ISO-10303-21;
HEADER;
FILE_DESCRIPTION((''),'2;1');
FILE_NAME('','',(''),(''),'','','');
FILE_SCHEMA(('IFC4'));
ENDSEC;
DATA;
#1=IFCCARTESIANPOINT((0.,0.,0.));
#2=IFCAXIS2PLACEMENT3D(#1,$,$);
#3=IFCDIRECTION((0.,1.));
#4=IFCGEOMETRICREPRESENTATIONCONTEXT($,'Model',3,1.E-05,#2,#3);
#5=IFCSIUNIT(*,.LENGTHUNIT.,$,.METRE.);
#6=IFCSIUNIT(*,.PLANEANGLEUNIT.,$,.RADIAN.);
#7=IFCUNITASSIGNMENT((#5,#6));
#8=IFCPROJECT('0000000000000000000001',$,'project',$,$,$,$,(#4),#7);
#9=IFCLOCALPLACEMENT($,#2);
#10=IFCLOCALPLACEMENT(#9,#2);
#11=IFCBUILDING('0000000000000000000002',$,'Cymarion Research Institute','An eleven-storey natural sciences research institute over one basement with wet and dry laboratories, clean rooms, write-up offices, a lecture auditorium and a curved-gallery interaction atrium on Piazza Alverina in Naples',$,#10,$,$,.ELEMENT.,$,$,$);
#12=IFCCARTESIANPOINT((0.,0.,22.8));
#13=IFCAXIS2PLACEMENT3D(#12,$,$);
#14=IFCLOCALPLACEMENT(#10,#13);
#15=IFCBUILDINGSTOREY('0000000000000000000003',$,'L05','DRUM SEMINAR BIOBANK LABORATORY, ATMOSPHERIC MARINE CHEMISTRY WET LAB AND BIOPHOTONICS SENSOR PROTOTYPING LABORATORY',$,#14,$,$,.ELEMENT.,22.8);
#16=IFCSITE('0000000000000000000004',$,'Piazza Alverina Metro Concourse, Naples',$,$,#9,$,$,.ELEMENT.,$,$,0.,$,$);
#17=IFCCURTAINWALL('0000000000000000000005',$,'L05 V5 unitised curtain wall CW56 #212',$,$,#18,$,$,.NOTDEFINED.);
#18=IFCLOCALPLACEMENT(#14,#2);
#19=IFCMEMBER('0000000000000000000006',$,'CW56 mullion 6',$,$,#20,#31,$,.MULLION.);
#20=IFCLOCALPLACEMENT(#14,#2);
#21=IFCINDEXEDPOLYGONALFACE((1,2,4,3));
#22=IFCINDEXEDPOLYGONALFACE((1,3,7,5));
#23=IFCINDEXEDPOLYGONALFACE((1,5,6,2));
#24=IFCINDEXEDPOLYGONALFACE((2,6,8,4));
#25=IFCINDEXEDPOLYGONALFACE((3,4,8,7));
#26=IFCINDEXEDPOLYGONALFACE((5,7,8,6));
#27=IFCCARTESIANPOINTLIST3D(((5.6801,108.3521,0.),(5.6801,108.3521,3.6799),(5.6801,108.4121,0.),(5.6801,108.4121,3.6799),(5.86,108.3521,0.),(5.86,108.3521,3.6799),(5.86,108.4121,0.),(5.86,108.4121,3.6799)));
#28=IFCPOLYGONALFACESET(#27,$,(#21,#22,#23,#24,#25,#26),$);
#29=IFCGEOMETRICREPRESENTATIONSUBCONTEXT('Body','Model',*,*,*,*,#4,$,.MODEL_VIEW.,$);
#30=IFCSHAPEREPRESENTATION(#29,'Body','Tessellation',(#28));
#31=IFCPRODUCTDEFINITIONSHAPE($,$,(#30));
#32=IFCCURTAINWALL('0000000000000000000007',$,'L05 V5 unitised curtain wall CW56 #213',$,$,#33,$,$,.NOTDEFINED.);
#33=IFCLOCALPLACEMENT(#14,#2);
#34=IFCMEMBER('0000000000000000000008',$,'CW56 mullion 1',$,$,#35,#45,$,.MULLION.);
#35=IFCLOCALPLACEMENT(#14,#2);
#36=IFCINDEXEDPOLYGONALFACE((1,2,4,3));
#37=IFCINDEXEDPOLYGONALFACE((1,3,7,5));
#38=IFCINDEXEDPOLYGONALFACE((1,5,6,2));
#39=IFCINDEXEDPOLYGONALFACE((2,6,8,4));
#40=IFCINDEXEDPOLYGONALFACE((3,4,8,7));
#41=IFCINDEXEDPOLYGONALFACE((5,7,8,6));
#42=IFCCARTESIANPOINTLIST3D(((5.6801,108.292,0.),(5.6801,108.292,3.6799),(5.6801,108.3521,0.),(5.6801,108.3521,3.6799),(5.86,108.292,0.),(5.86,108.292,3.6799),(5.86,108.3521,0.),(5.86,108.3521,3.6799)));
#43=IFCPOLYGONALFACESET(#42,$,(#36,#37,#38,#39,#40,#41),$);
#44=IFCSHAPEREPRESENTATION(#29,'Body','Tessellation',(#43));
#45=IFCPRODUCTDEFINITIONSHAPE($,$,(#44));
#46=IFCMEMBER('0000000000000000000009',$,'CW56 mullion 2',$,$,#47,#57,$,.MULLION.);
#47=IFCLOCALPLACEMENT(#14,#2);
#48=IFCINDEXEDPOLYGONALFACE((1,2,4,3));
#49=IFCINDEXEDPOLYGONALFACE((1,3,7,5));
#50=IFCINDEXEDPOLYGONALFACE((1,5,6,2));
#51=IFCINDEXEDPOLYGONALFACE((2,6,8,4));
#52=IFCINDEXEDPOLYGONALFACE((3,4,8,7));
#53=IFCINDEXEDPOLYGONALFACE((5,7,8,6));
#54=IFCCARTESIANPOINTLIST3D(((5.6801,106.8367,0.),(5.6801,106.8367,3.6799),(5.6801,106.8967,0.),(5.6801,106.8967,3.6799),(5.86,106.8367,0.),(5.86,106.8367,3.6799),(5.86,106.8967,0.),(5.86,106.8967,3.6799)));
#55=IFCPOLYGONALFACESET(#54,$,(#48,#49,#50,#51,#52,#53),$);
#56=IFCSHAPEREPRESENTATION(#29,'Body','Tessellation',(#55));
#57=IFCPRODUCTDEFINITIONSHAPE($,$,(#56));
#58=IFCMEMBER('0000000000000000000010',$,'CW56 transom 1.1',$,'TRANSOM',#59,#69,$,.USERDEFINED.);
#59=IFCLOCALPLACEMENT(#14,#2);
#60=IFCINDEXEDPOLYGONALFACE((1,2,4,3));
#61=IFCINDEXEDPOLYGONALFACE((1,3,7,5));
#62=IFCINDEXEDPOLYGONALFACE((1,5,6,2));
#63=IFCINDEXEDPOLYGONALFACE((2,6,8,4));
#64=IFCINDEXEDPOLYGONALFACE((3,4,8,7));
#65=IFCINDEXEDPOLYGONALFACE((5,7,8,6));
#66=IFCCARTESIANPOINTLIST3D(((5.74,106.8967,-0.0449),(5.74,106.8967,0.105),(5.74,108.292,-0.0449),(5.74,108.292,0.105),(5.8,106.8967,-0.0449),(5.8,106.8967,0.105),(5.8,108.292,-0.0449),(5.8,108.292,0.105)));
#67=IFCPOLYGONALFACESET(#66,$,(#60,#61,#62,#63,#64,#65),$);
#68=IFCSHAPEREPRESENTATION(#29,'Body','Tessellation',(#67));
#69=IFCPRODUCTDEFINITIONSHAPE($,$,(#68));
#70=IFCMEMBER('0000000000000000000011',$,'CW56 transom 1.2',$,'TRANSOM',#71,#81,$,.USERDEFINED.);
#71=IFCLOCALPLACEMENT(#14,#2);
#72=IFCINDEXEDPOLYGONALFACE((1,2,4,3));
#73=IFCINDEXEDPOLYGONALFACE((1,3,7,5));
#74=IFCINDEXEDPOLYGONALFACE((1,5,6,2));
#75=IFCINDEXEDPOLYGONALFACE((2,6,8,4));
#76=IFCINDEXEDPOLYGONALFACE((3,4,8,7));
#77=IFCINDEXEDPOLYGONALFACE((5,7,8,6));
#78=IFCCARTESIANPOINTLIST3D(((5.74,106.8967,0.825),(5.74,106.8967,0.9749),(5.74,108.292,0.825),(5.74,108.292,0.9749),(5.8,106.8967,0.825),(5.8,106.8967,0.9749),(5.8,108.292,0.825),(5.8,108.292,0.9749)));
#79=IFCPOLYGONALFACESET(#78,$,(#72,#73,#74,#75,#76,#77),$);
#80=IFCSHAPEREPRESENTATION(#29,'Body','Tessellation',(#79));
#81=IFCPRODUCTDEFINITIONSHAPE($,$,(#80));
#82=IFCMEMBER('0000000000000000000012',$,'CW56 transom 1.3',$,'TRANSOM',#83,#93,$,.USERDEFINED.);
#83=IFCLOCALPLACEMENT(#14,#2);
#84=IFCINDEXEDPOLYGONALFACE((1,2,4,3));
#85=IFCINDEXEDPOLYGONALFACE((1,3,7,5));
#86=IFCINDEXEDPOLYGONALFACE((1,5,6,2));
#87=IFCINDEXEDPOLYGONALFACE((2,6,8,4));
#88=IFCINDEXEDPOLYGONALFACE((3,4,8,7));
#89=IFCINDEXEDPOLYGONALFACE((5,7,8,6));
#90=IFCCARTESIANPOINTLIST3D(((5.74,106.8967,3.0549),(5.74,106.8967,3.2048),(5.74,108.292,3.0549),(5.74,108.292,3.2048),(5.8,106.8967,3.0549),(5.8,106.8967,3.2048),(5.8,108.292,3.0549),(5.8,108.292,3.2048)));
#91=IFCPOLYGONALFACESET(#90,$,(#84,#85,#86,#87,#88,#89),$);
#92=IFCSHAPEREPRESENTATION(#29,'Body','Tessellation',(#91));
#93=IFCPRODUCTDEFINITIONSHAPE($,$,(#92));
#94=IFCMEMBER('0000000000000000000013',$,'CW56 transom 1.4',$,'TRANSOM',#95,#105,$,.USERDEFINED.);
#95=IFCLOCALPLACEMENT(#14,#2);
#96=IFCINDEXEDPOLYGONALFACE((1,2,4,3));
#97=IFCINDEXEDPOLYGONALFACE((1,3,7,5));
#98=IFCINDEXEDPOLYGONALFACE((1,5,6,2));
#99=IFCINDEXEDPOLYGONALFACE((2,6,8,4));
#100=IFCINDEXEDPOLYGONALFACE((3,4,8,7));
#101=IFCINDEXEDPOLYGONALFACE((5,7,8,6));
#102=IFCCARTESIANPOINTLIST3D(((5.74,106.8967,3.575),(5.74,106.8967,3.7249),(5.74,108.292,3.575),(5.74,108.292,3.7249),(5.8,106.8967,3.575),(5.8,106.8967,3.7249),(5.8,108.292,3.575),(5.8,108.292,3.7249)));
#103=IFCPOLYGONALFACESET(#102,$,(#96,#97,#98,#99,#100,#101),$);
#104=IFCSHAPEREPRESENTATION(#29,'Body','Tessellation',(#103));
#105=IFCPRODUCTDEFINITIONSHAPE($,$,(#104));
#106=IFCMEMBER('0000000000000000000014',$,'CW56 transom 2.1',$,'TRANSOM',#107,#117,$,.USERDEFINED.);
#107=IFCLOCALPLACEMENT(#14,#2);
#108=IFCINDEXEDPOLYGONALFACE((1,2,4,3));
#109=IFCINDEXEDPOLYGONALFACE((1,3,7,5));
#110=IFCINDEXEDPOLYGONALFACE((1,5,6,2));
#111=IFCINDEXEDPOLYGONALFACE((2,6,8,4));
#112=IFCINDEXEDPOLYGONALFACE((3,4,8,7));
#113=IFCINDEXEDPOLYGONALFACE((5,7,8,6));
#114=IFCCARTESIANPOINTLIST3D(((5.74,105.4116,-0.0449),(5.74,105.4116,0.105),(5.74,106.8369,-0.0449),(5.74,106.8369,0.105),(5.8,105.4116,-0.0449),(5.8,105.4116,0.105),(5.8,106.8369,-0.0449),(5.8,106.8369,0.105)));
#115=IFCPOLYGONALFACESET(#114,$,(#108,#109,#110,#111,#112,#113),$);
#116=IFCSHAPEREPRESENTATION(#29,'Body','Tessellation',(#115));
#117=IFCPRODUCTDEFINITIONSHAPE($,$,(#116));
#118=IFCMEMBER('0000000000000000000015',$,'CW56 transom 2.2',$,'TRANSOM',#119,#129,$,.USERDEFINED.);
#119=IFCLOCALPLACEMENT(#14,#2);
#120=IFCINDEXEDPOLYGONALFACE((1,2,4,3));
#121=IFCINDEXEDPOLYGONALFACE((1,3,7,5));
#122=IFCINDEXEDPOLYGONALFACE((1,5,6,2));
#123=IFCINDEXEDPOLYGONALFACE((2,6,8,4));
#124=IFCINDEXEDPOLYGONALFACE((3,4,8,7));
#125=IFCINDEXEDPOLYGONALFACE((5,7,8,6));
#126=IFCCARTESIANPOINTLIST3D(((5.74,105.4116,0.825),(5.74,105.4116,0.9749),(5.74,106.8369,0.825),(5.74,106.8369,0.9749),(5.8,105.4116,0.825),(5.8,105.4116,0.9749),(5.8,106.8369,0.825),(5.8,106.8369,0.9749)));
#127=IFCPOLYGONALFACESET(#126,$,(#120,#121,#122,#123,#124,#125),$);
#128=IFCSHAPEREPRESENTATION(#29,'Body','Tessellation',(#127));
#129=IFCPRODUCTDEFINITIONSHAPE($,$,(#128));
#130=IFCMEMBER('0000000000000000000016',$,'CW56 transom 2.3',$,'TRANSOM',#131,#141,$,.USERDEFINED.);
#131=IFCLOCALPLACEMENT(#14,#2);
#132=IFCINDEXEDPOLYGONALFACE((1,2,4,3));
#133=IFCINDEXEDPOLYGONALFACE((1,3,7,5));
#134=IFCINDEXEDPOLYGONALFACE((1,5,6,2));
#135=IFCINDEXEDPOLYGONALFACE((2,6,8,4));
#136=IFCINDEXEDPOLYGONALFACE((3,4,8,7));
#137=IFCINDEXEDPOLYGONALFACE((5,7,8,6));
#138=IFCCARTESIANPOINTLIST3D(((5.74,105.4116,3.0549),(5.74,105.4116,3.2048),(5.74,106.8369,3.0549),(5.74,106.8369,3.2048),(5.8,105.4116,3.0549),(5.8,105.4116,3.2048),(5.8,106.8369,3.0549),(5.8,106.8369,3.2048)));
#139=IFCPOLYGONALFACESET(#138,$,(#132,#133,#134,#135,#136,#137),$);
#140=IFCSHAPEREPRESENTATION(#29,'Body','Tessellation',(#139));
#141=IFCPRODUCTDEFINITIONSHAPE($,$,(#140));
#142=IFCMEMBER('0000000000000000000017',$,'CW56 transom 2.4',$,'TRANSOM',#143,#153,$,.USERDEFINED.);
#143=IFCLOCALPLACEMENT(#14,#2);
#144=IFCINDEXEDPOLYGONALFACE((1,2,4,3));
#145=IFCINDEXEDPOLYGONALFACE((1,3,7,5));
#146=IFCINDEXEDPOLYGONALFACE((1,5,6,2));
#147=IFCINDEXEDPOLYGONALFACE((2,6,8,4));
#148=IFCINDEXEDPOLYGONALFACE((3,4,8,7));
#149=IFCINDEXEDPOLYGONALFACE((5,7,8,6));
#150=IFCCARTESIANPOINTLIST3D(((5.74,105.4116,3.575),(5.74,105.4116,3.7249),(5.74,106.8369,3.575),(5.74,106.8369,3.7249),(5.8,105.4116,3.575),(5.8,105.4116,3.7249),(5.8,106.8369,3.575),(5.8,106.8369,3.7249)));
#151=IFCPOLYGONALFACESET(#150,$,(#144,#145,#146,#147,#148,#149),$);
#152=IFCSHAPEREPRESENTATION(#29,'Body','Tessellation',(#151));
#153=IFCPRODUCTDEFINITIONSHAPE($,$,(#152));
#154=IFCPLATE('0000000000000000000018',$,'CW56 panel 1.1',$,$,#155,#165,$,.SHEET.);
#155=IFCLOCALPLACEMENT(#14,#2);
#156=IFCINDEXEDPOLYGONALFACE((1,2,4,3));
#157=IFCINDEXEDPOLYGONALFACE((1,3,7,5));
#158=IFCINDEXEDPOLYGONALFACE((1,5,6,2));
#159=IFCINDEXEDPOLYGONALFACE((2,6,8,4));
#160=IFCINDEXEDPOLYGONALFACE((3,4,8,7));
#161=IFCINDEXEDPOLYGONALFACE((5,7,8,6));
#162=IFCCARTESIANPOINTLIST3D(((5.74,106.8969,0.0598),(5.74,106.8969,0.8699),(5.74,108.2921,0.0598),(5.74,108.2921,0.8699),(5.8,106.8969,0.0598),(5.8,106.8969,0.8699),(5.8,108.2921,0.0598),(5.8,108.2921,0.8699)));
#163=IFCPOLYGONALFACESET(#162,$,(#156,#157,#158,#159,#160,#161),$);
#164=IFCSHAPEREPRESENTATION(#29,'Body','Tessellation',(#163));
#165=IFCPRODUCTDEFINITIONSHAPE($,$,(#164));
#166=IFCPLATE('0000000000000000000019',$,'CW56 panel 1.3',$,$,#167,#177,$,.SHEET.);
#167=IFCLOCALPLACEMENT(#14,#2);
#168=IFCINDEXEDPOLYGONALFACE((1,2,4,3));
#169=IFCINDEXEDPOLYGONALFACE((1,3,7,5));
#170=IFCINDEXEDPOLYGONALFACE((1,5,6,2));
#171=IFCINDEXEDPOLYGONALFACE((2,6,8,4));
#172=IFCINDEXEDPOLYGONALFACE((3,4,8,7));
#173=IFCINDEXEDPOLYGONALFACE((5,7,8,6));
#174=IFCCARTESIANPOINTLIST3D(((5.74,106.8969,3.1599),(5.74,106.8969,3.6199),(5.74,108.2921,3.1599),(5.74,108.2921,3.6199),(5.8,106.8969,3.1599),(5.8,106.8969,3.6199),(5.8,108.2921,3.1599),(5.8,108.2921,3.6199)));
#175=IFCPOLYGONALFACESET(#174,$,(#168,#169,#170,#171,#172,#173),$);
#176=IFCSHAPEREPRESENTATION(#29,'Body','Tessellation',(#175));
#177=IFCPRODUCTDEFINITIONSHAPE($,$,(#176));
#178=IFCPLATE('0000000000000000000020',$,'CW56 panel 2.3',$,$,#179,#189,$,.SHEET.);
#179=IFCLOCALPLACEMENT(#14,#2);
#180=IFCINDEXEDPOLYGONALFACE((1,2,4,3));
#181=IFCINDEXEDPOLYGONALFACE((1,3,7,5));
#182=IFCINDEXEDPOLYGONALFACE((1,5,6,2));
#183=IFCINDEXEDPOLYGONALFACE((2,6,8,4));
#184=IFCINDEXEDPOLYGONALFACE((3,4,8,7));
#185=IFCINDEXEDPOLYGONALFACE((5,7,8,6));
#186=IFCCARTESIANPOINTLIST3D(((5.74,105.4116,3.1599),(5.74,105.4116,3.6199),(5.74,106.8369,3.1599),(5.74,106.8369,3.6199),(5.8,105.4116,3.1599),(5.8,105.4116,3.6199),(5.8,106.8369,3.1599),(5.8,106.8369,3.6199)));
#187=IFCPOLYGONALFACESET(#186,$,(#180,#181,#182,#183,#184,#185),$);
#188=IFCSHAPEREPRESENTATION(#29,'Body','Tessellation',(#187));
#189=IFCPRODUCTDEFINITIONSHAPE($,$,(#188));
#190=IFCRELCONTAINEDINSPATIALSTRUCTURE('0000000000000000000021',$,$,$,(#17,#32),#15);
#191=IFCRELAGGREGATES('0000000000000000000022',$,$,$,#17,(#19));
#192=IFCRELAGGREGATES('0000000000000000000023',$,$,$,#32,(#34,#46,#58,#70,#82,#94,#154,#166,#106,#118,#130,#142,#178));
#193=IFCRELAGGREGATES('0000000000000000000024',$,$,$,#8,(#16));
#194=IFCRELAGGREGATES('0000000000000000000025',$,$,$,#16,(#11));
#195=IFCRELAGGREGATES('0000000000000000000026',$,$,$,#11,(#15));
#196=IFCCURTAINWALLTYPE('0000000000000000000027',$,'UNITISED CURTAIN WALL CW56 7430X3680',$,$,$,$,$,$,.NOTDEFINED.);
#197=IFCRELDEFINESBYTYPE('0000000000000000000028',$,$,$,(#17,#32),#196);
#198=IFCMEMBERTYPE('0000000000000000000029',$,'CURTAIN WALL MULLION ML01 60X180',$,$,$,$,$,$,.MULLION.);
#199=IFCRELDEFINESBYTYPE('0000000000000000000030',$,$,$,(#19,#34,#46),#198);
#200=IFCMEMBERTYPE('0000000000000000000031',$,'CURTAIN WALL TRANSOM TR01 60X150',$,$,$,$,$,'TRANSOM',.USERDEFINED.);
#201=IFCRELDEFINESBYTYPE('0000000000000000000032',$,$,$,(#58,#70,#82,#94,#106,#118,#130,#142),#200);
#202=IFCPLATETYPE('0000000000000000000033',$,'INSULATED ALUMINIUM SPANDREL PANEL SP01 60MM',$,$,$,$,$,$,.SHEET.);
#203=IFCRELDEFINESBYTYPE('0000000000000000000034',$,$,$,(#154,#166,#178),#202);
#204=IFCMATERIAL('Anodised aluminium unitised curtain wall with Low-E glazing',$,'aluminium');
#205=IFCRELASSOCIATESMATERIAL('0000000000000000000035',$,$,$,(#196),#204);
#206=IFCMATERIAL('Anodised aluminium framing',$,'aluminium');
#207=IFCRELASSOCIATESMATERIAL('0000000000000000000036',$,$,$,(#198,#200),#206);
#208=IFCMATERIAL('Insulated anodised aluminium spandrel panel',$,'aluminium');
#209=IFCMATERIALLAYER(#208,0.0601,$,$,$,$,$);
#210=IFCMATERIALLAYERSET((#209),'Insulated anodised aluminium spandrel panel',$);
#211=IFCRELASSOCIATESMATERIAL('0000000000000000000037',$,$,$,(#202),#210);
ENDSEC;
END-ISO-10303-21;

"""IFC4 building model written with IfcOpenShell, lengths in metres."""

from ifc_helpers import new_model, si_unit, direction, frame, origin, origin_2d, place, context, subcontext, project, spatial, rectangle, extrude, material, layer, layer_set, material_profile, profile_set, type_object, element, aggregate, save


model = new_model("IFC4")

# Units and contexts
model_context = context("Model", 3, precision=1e-05, world=origin(), true_north=direction((0.0, 1.0)))
body_context = subcontext(model_context, "Body", "Model", "MODEL_VIEW")
ifc_project = project(units=[si_unit("LENGTHUNIT", "METRE"), si_unit("PLANEANGLEUNIT", "RADIAN")], contexts=[model_context])

# Site, building, storey
site_placement = place(None, origin())
site = spatial("IfcSite", under=ifc_project, at=site_placement, Name="Piazza Alverina Metro Concourse, Naples", CompositionType="ELEMENT", RefElevation=0.0)
building_placement = place(site_placement, origin())
building = spatial("IfcBuilding", under=site, at=building_placement, Name="Cymarion Research Institute", Description="An eleven-storey natural sciences research institute over one basement with wet and dry laboratories, clean rooms, write-up offices, a lecture auditorium and a curved-gallery interaction atrium on Piazza Alverina in Naples", CompositionType="ELEMENT")
storey_placement = place(building_placement, frame((0.0, 0.0, 22.8)))
storey = spatial("IfcBuildingStorey", under=building, at=storey_placement, Name="L05", Description="DRUM SEMINAR BIOBANK LABORATORY, ATMOSPHERIC MARINE CHEMISTRY WET LAB AND BIOPHOTONICS SENSOR PROTOTYPING LABORATORY", CompositionType="ELEMENT", Elevation=22.8)

# Curtain wall, member
ifc_material_1 = material(Name="Anodised aluminium unitised curtain wall with Low-E glazing", Category="aluminium")
curtain_wall_type = type_object("IfcCurtainWallType", Name="UNITISED CURTAIN WALL CW56 7430X3680", PredefinedType="NOTDEFINED", material=ifc_material_1)
curtain_wall_1_placement = place(storey_placement, origin())
curtain_wall_1 = element("IfcCurtainWall", 1, at=curtain_wall_1_placement, inside=storey, type_object=curtain_wall_type, Name="L05 V5 unitised curtain wall CW56 #212", PredefinedType="NOTDEFINED")
ifc_material_2 = material(Name="Anodised aluminium framing", Category="aluminium")
ifc_material_profile_1 = material_profile(ifc_material_2, rectangle(XDim=0.0601, YDim=0.1799, at=origin_2d()), Name="ALU MULLION 60x180")
ifc_profile_set_1 = profile_set([ifc_material_profile_1], Name="Anodised aluminium framing")
member_type_1 = type_object("IfcMemberType", Name="CURTAIN WALL MULLION ML01 60X180", PredefinedType="MULLION", material=ifc_profile_set_1)
member_1_placement = place(storey_placement, frame((5.77, 108.3821, 0.0), z_axis=(0.0, 0.0, 1.0), x_axis=(0.0, -1.0, 0.0)))
member_1 = element("IfcMember", 2, at=member_1_placement, type_object=member_type_1, Name="CW56 mullion 6", PredefinedType="MULLION", context=body_context, shape_type="SweptSolid", body=[
    extrude(rectangle(XDim=0.0601, YDim=0.1799, at=origin_2d()), origin(), (0.0, 0.0, 1.0), 3.6799),
])
aggregate(curtain_wall_1, [member_1])

# Curtain wall, members, plates
curtain_wall_2_placement = place(storey_placement, origin())
curtain_wall_2 = element("IfcCurtainWall", 3, at=curtain_wall_2_placement, inside=storey, type_object=curtain_wall_type, Name="L05 V5 unitised curtain wall CW56 #213", PredefinedType="NOTDEFINED")
member_2_placement = place(storey_placement, frame((5.77, 108.322, 0.0), z_axis=(0.0, 0.0, 1.0), x_axis=(0.0, -1.0, 0.0)))
member_2 = element("IfcMember", 4, at=member_2_placement, type_object=member_type_1, Name="CW56 mullion 1", PredefinedType="MULLION", context=body_context, shape_type="SweptSolid", body=[
    extrude(rectangle(XDim=0.0601, YDim=0.1799, at=origin_2d()), origin(), (0.0, 0.0, 1.0), 3.6799),
])
member_3_placement = place(storey_placement, frame((5.77, 106.8667, 0.0), z_axis=(0.0, 0.0, 1.0), x_axis=(0.0, -1.0, 0.0)))
member_3 = element("IfcMember", 5, at=member_3_placement, type_object=member_type_1, Name="CW56 mullion 2", PredefinedType="MULLION", context=body_context, shape_type="SweptSolid", body=[
    extrude(rectangle(XDim=0.0601, YDim=0.1799, at=origin_2d()), origin(), (0.0, 0.0, 1.0), 3.6799),
])
ifc_material_profile_2 = material_profile(ifc_material_2, rectangle(XDim=0.0601, YDim=0.1499, at=origin_2d()), Name="ALU TRANSOM 60x150")
ifc_profile_set_2 = profile_set([ifc_material_profile_2], Name="Anodised aluminium framing")
member_type_2 = type_object("IfcMemberType", Name="CURTAIN WALL TRANSOM TR01 60X150", ElementType="TRANSOM", PredefinedType="USERDEFINED", material=ifc_profile_set_2)
member_4_placement = place(storey_placement, frame((5.77, 108.292, 0.03), z_axis=(0.0, -1.0, 0.0), x_axis=(1.0, 0.0, 0.0)))
member_4 = element("IfcMember", 6, at=member_4_placement, type_object=member_type_2, Name="CW56 transom 1.1", ObjectType="TRANSOM", PredefinedType="USERDEFINED", context=body_context, shape_type="SweptSolid", body=[
    extrude(rectangle(XDim=0.0601, YDim=0.1499, at=origin_2d()), origin(), (0.0, 0.0, 1.0), 1.3953),
])
member_5_placement = place(storey_placement, frame((5.77, 108.292, 0.8999), z_axis=(0.0, -1.0, 0.0), x_axis=(1.0, 0.0, 0.0)))
member_5 = element("IfcMember", 7, at=member_5_placement, type_object=member_type_2, Name="CW56 transom 1.2", ObjectType="TRANSOM", PredefinedType="USERDEFINED", context=body_context, shape_type="SweptSolid", body=[
    extrude(rectangle(XDim=0.0601, YDim=0.1499, at=origin_2d()), origin(), (0.0, 0.0, 1.0), 1.3953),
])
member_6_placement = place(storey_placement, frame((5.77, 108.292, 3.1299), z_axis=(0.0, -1.0, 0.0), x_axis=(1.0, 0.0, 0.0)))
member_6 = element("IfcMember", 8, at=member_6_placement, type_object=member_type_2, Name="CW56 transom 1.3", ObjectType="TRANSOM", PredefinedType="USERDEFINED", context=body_context, shape_type="SweptSolid", body=[
    extrude(rectangle(XDim=0.0601, YDim=0.1499, at=origin_2d()), origin(), (0.0, 0.0, 1.0), 1.3953),
])
member_7_placement = place(storey_placement, frame((5.77, 108.292, 3.6499), z_axis=(0.0, -1.0, 0.0), x_axis=(1.0, 0.0, 0.0)))
member_7 = element("IfcMember", 9, at=member_7_placement, type_object=member_type_2, Name="CW56 transom 1.4", ObjectType="TRANSOM", PredefinedType="USERDEFINED", context=body_context, shape_type="SweptSolid", body=[
    extrude(rectangle(XDim=0.0601, YDim=0.1499, at=origin_2d()), origin(), (0.0, 0.0, 1.0), 1.3953),
])
member_8_placement = place(storey_placement, frame((5.77, 106.8369, 0.03), z_axis=(0.0, -1.0, 0.0), x_axis=(1.0, 0.0, 0.0)))
member_8 = element("IfcMember", 10, at=member_8_placement, type_object=member_type_2, Name="CW56 transom 2.1", ObjectType="TRANSOM", PredefinedType="USERDEFINED", context=body_context, shape_type="SweptSolid", body=[
    extrude(rectangle(XDim=0.0601, YDim=0.1499, at=origin_2d()), origin(), (0.0, 0.0, 1.0), 1.4253),
])
member_9_placement = place(storey_placement, frame((5.77, 106.8369, 0.8999), z_axis=(0.0, -1.0, 0.0), x_axis=(1.0, 0.0, 0.0)))
member_9 = element("IfcMember", 11, at=member_9_placement, type_object=member_type_2, Name="CW56 transom 2.2", ObjectType="TRANSOM", PredefinedType="USERDEFINED", context=body_context, shape_type="SweptSolid", body=[
    extrude(rectangle(XDim=0.0601, YDim=0.1499, at=origin_2d()), origin(), (0.0, 0.0, 1.0), 1.4253),
])
member_10_placement = place(storey_placement, frame((5.77, 106.8369, 3.1299), z_axis=(0.0, -1.0, 0.0), x_axis=(1.0, 0.0, 0.0)))
member_10 = element("IfcMember", 12, at=member_10_placement, type_object=member_type_2, Name="CW56 transom 2.3", ObjectType="TRANSOM", PredefinedType="USERDEFINED", context=body_context, shape_type="SweptSolid", body=[
    extrude(rectangle(XDim=0.0601, YDim=0.1499, at=origin_2d()), origin(), (0.0, 0.0, 1.0), 1.4253),
])
member_11_placement = place(storey_placement, frame((5.77, 106.8369, 3.6499), z_axis=(0.0, -1.0, 0.0), x_axis=(1.0, 0.0, 0.0)))
member_11 = element("IfcMember", 13, at=member_11_placement, type_object=member_type_2, Name="CW56 transom 2.4", ObjectType="TRANSOM", PredefinedType="USERDEFINED", context=body_context, shape_type="SweptSolid", body=[
    extrude(rectangle(XDim=0.0601, YDim=0.1499, at=origin_2d()), origin(), (0.0, 0.0, 1.0), 1.4253),
])
ifc_material_3 = material(Name="Insulated anodised aluminium spandrel panel", Category="aluminium")
ifc_layer_1 = layer(ifc_material_3, 0.0601)
ifc_layer_set_1 = layer_set([ifc_layer_1], Name="Insulated anodised aluminium spandrel panel")
plate_type_1 = type_object("IfcPlateType", Name="INSULATED ALUMINIUM SPANDREL PANEL SP01 60MM", PredefinedType="SHEET", material=ifc_layer_set_1)
plate_1_placement = place(storey_placement, frame((5.77, 107.5945, 0.0598), z_axis=(0.0, 0.0, 1.0), x_axis=(0.0, -1.0, 0.0)))
plate_1 = element("IfcPlate", 14, at=plate_1_placement, type_object=plate_type_1, Name="CW56 panel 1.1", PredefinedType="SHEET", context=body_context, shape_type="SweptSolid", body=[
    extrude(rectangle(XDim=1.3953, YDim=0.0601, at=origin_2d()), origin(), (0.0, 0.0, 1.0), 0.8101),
])
plate_2_placement = place(storey_placement, frame((5.77, 107.5945, 3.1599), z_axis=(0.0, 0.0, 1.0), x_axis=(0.0, -1.0, 0.0)))
plate_2 = element("IfcPlate", 15, at=plate_2_placement, type_object=plate_type_1, Name="CW56 panel 1.3", PredefinedType="SHEET", context=body_context, shape_type="SweptSolid", body=[
    extrude(rectangle(XDim=1.3953, YDim=0.0601, at=origin_2d()), origin(), (0.0, 0.0, 1.0), 0.46),
])
plate_3_placement = place(storey_placement, frame((5.77, 106.1243, 3.1599), z_axis=(0.0, 0.0, 1.0), x_axis=(0.0, -1.0, 0.0)))
plate_3 = element("IfcPlate", 16, at=plate_3_placement, type_object=plate_type_1, Name="CW56 panel 2.3", PredefinedType="SHEET", context=body_context, shape_type="SweptSolid", body=[
    extrude(rectangle(XDim=1.4253, YDim=0.0601, at=origin_2d()), origin(), (0.0, 0.0, 1.0), 0.46),
])
aggregate(curtain_wall_2, [member_2, member_3, member_4, member_5, member_6, member_7, plate_1, plate_2, member_8, member_9, member_10, member_11, plate_3])

save(model, "model.ifc")
